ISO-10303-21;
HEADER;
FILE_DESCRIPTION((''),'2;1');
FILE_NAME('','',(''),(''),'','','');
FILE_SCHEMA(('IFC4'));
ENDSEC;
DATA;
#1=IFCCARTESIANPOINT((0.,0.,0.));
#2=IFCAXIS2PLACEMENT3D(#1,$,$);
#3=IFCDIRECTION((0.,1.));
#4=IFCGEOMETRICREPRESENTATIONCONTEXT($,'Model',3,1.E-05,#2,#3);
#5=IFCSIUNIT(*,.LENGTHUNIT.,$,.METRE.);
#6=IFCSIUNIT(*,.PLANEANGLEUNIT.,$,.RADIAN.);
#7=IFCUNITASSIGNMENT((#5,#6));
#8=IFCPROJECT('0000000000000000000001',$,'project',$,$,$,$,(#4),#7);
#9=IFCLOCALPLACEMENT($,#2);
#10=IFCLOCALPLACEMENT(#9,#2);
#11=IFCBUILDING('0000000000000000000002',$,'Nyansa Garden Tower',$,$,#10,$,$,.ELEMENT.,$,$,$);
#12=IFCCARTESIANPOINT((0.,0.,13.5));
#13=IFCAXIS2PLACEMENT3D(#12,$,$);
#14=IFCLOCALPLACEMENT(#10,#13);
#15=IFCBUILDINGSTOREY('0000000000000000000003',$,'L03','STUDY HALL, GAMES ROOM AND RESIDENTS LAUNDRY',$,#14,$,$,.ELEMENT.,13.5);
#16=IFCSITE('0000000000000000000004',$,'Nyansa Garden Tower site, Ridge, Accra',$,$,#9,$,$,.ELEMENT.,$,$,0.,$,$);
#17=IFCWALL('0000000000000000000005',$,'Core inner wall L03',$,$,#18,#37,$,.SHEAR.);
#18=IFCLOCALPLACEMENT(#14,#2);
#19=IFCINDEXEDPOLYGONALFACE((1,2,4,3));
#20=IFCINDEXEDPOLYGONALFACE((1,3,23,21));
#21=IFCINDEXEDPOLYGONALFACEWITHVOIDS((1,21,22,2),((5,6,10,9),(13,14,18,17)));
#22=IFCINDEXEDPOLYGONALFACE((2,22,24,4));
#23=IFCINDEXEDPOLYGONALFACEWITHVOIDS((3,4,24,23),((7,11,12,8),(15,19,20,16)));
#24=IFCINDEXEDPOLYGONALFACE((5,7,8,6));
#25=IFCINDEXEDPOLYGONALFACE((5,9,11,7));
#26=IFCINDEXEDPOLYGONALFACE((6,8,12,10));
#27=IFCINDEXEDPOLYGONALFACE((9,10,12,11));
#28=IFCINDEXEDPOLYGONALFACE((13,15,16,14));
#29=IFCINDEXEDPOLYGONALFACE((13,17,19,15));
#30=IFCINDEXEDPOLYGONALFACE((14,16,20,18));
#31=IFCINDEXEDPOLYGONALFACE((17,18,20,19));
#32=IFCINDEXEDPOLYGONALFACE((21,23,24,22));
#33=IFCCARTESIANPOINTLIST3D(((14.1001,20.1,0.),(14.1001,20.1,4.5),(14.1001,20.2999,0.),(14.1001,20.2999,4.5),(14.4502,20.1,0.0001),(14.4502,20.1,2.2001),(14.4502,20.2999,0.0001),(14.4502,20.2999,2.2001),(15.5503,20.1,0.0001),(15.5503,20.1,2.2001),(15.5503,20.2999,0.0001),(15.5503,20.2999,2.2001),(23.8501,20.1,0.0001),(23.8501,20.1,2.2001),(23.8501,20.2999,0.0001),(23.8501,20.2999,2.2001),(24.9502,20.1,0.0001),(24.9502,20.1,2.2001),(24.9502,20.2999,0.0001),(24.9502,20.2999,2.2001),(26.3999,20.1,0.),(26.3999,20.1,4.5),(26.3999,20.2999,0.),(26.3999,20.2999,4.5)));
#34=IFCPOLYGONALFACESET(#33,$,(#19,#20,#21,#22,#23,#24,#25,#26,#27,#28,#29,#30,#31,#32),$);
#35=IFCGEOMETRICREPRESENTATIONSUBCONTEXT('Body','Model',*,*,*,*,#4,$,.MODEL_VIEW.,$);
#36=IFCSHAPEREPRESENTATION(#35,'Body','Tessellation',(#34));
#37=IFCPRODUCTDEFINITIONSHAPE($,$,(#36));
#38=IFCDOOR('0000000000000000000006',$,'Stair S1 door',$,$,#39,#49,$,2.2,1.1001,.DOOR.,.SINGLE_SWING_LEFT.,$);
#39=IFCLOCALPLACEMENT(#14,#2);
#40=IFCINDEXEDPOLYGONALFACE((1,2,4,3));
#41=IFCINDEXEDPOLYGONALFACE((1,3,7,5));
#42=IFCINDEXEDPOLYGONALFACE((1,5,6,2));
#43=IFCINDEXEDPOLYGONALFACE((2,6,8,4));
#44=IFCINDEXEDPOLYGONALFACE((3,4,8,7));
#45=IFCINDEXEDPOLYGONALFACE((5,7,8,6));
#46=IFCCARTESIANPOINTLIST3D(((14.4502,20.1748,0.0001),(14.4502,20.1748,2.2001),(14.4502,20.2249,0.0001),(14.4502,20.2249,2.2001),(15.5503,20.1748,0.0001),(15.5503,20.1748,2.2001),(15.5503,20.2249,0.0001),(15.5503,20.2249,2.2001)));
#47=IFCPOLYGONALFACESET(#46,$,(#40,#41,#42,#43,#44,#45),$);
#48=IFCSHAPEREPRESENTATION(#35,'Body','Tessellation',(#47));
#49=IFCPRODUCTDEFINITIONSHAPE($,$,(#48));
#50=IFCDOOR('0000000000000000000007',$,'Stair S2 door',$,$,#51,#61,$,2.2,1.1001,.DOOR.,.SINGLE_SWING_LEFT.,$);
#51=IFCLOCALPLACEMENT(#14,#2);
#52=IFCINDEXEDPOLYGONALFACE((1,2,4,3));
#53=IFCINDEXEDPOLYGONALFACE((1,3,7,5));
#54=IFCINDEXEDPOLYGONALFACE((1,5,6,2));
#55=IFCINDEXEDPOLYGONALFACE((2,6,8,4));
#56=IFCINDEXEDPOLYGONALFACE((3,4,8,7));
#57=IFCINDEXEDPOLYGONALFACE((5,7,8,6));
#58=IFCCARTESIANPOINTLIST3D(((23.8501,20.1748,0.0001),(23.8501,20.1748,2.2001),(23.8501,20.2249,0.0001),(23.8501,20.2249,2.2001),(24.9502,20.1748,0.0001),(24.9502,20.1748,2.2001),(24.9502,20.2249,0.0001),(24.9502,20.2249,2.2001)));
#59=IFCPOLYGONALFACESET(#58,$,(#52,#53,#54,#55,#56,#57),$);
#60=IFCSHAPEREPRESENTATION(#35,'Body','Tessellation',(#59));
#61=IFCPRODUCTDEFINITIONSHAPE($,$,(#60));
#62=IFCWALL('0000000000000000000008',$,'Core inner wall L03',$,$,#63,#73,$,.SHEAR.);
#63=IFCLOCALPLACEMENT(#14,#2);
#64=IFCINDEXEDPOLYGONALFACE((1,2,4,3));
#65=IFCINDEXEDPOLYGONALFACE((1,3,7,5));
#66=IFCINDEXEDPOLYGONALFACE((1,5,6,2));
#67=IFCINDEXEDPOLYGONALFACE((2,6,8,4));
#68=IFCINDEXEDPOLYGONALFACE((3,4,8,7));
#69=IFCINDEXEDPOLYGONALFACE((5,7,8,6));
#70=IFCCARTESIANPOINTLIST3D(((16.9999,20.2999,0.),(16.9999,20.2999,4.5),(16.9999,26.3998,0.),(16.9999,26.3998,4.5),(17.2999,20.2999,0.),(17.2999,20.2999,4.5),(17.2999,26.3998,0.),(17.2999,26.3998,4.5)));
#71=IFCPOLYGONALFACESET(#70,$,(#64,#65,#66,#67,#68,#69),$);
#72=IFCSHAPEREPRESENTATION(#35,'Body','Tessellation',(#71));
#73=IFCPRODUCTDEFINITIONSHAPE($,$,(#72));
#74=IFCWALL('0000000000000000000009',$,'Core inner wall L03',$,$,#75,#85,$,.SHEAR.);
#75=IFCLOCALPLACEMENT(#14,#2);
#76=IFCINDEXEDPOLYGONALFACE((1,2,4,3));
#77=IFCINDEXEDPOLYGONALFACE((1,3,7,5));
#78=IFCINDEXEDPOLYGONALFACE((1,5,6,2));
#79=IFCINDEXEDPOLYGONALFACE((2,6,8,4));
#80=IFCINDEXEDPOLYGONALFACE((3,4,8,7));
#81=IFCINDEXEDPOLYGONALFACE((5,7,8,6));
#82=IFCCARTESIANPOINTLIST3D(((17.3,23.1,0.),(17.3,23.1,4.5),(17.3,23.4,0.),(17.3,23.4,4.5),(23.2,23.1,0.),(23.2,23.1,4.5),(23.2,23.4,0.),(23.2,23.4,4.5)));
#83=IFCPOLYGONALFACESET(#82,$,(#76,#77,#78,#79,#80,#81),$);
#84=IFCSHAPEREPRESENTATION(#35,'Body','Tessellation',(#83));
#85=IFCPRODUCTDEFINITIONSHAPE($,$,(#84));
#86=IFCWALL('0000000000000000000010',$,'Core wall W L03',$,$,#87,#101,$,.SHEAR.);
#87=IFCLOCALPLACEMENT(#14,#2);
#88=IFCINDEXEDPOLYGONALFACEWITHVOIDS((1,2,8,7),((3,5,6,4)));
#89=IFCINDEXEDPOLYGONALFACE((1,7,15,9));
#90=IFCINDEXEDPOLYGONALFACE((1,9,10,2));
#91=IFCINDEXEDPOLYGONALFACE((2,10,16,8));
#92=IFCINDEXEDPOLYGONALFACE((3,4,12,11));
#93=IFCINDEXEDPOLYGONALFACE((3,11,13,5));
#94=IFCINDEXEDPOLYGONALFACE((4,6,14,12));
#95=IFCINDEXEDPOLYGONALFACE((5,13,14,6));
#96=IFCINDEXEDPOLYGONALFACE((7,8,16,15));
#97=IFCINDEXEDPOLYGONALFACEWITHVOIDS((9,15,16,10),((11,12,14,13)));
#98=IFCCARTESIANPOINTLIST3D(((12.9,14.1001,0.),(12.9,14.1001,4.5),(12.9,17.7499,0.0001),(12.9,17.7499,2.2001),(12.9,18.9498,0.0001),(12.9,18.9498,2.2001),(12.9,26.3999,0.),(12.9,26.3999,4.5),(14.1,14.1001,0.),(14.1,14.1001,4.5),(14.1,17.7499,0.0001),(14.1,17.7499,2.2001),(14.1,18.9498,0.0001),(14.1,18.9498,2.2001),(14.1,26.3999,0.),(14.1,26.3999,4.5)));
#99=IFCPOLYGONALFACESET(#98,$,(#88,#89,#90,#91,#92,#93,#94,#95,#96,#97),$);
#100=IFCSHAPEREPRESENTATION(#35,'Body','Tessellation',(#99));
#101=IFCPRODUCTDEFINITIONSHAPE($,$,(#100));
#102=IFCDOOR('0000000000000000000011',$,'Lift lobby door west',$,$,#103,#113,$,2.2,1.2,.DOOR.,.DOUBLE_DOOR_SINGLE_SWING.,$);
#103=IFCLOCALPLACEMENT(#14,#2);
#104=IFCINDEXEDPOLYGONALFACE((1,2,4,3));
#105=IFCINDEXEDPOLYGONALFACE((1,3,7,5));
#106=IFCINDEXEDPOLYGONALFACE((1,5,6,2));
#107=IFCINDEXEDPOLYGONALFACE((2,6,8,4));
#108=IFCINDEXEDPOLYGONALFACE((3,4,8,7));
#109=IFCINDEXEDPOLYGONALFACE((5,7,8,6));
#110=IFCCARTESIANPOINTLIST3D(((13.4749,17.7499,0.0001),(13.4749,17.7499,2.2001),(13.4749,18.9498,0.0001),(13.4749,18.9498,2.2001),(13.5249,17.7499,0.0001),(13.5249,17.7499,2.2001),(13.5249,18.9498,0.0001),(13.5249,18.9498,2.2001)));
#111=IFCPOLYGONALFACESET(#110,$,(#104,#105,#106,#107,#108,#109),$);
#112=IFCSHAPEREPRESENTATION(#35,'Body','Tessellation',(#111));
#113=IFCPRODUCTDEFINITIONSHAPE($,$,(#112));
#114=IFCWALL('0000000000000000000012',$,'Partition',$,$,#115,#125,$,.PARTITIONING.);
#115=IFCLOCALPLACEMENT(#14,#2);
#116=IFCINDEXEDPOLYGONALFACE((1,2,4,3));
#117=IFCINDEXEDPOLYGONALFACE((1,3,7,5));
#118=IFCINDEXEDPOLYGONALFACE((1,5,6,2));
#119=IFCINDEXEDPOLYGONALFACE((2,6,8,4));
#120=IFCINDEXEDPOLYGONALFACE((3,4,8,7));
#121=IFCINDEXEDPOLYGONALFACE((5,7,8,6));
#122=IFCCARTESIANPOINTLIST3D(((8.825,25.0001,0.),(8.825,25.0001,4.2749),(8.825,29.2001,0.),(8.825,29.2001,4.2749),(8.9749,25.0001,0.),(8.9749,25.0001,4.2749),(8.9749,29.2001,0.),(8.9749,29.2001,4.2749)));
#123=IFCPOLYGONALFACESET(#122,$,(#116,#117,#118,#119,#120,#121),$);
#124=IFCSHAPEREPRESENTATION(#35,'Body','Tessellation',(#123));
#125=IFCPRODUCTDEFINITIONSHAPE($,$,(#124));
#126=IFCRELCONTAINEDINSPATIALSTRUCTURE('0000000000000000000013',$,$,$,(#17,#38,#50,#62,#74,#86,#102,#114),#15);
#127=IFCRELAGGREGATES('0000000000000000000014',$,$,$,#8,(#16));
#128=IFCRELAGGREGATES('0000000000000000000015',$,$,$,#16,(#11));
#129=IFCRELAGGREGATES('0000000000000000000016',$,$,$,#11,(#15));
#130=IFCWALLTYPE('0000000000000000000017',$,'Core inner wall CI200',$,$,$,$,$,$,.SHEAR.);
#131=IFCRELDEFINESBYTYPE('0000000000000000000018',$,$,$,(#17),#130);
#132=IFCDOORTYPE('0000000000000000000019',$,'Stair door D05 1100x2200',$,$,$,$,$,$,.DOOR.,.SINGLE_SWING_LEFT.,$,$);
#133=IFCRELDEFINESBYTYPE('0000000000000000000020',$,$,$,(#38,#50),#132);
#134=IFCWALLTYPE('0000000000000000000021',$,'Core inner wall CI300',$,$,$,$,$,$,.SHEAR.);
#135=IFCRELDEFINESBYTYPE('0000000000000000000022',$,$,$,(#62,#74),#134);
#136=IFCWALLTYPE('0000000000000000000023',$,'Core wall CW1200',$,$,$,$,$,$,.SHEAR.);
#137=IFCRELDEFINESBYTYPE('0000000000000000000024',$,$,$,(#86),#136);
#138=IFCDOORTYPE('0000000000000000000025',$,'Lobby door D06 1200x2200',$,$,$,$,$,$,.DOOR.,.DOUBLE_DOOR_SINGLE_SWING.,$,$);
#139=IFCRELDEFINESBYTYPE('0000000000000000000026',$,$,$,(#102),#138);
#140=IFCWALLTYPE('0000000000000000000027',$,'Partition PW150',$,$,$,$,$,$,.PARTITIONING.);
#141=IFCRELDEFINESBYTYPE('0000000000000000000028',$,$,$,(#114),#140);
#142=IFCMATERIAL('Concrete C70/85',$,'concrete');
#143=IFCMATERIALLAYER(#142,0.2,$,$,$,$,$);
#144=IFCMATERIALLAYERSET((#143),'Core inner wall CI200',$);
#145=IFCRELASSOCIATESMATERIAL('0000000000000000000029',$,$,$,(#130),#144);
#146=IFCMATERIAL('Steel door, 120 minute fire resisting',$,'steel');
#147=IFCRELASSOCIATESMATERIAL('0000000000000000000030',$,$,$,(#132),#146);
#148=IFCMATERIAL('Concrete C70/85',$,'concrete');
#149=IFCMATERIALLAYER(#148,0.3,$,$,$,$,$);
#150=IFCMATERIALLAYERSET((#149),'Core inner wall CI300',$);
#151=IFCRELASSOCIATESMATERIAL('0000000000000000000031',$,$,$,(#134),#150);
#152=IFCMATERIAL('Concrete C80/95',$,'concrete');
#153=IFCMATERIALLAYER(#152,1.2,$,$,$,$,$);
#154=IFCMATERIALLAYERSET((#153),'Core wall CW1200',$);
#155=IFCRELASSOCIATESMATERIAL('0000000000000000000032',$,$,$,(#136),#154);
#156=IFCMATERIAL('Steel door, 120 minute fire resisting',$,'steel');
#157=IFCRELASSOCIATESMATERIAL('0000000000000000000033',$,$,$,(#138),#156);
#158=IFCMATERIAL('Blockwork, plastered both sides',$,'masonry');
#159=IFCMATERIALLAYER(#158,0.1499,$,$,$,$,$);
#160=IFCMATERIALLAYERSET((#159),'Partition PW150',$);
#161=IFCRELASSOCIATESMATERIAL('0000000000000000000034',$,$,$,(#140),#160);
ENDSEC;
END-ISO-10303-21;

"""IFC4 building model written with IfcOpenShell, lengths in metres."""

from ifc_helpers import new_model, si_unit, direction, frame, frame_2d, origin, place, context, subcontext, project, spatial, rectangle, extrude, material, layer, layer_set, type_object, element, fill, save


model = new_model("IFC4")

# Units and contexts
model_context = context("Model", 3, precision=1e-05, world=origin(), true_north=direction((0.0, 1.0)))
body_context = subcontext(model_context, "Body", "Model", "MODEL_VIEW")
ifc_project = project(units=[si_unit("LENGTHUNIT", "METRE"), si_unit("PLANEANGLEUNIT", "RADIAN")], contexts=[model_context])

# Site, building, storey
site_placement = place(None, origin())
site = spatial("IfcSite", under=ifc_project, at=site_placement, Name="Nyansa Garden Tower site, Ridge, Accra", CompositionType="ELEMENT", RefElevation=0.0)
building_placement = place(site_placement, origin())
building = spatial("IfcBuilding", under=site, at=building_placement, Name="Nyansa Garden Tower", CompositionType="ELEMENT")
storey_placement = place(building_placement, frame((0.0, 0.0, 13.5)))
storey = spatial("IfcBuildingStorey", under=building, at=storey_placement, Name="L03", Description="STUDY HALL, GAMES ROOM AND RESIDENTS LAUNDRY", CompositionType="ELEMENT", Elevation=13.5)

# Wall, openings, doors
ifc_material_1 = material(Name="Concrete C70/85", Category="concrete")
ifc_layer_1 = layer(ifc_material_1, 0.2)
ifc_layer_set_1 = layer_set([ifc_layer_1], Name="Core inner wall CI200")
wall_type_1 = type_object("IfcWallType", Name="Core inner wall CI200", PredefinedType="SHEAR", material=ifc_layer_set_1)
wall_1_placement = place(storey_placement, frame((14.1001, 20.2, 0.0), z_axis=(0.0, 0.0, 1.0), x_axis=(1.0, 0.0, 0.0)))
wall_1 = element("IfcWall", 1, at=wall_1_placement, inside=storey, type_object=wall_type_1, Name="Core inner wall L03", PredefinedType="SHEAR", context=body_context, shape_type="SweptSolid", body=[
    extrude(rectangle(XDim=12.2998, YDim=0.2, at=frame_2d((6.1499, 0.0))), origin(), (0.0, 0.0, 1.0), 4.5),
])
opening_1_placement = place(wall_1_placement, frame((0.3501, 0.0, 0.0)))
opening_1 = element("IfcOpeningElement", 2, at=opening_1_placement, cuts=wall_1, PredefinedType="OPENING", context=body_context, shape_type="SweptSolid", body=[
    extrude(rectangle(XDim=1.1001, YDim=2.2, at=frame_2d((0.55, 1.1001))), frame((0.0, 0.1099, 0.0), z_axis=(0.0, -1.0, 0.0), x_axis=(1.0, 0.0, 0.0)), (0.0, 0.0, 1.0), 0.22),
])
opening_2_placement = place(wall_1_placement, frame((9.75, 0.0, 0.0)))
opening_2 = element("IfcOpeningElement", 3, at=opening_2_placement, cuts=wall_1, PredefinedType="OPENING", context=body_context, shape_type="SweptSolid", body=[
    extrude(rectangle(XDim=1.1001, YDim=2.2, at=frame_2d((0.55, 1.1001))), frame((0.0, 0.1099, 0.0), z_axis=(0.0, -1.0, 0.0), x_axis=(1.0, 0.0, 0.0)), (0.0, 0.0, 1.0), 0.22),
])
ifc_material_2 = material(Name="Steel door, 120 minute fire resisting", Category="steel")
door_type_1 = type_object("IfcDoorType", Name="Stair door D05 1100x2200", OperationType="SINGLE_SWING_LEFT", PredefinedType="DOOR", material=ifc_material_2)
door_1_placement = place(opening_1_placement, origin())
door_1 = element("IfcDoor", 4, at=door_1_placement, inside=storey, type_object=door_type_1, Name="Stair S1 door", OperationType="SINGLE_SWING_LEFT", OverallHeight=2.2, OverallWidth=1.1001, PredefinedType="DOOR", context=body_context, shape_type="SweptSolid", body=[
    extrude(rectangle(XDim=1.1001, YDim=2.2, at=frame_2d((0.55, 1.1001))), frame((0.0, 0.0249, 0.0), z_axis=(0.0, -1.0, 0.0), x_axis=(1.0, 0.0, 0.0)), (0.0, 0.0, 1.0), 0.05),
])
fill(opening_1, door_1)
door_2_placement = place(opening_2_placement, origin())
door_2 = element("IfcDoor", 5, at=door_2_placement, inside=storey, type_object=door_type_1, Name="Stair S2 door", OperationType="SINGLE_SWING_LEFT", OverallHeight=2.2, OverallWidth=1.1001, PredefinedType="DOOR", context=body_context, shape_type="SweptSolid", body=[
    extrude(rectangle(XDim=1.1001, YDim=2.2, at=frame_2d((0.55, 1.1001))), frame((0.0, 0.0249, 0.0), z_axis=(0.0, -1.0, 0.0), x_axis=(1.0, 0.0, 0.0)), (0.0, 0.0, 1.0), 0.05),
])
fill(opening_2, door_2)

# Walls
ifc_material_3 = material(Name="Concrete C70/85", Category="concrete")
ifc_layer_2 = layer(ifc_material_3, 0.3)
ifc_layer_set_2 = layer_set([ifc_layer_2], Name="Core inner wall CI300")
wall_type_2 = type_object("IfcWallType", Name="Core inner wall CI300", PredefinedType="SHEAR", material=ifc_layer_set_2)
wall_2_placement = place(storey_placement, frame((17.1499, 20.3, 0.0), z_axis=(0.0, 0.0, 1.0), x_axis=(0.0, 1.0, 0.0)))
element("IfcWall", 6, at=wall_2_placement, inside=storey, type_object=wall_type_2, Name="Core inner wall L03", PredefinedType="SHEAR", context=body_context, shape_type="SweptSolid", body=[
    extrude(rectangle(XDim=6.0999, YDim=0.3, at=frame_2d((3.0498, 0.0))), origin(), (0.0, 0.0, 1.0), 4.5),
])
wall_3_placement = place(storey_placement, frame((17.3, 23.25, 0.0), z_axis=(0.0, 0.0, 1.0), x_axis=(1.0, 0.0, 0.0)))
element("IfcWall", 7, at=wall_3_placement, inside=storey, type_object=wall_type_2, Name="Core inner wall L03", PredefinedType="SHEAR", context=body_context, shape_type="SweptSolid", body=[
    extrude(rectangle(XDim=5.8999, YDim=0.3, at=frame_2d((2.95, 0.0))), origin(), (0.0, 0.0, 1.0), 4.5),
])

# Wall, opening, door
ifc_material_4 = material(Name="Concrete C80/95", Category="concrete")
ifc_layer_3 = layer(ifc_material_4, 1.2)
ifc_layer_set_3 = layer_set([ifc_layer_3], Name="Core wall CW1200")
wall_type_3 = type_object("IfcWallType", Name="Core wall CW1200", PredefinedType="SHEAR", material=ifc_layer_set_3)
wall_4_placement = place(storey_placement, frame((13.5, 26.3999, 0.0), z_axis=(0.0, 0.0, 1.0), x_axis=(0.0, -1.0, 0.0)))
wall_4 = element("IfcWall", 8, at=wall_4_placement, inside=storey, type_object=wall_type_3, Name="Core wall W L03", PredefinedType="SHEAR", context=body_context, shape_type="SweptSolid", body=[
    extrude(rectangle(XDim=12.2998, YDim=1.2, at=frame_2d((6.1499, 0.0))), origin(), (0.0, 0.0, 1.0), 4.5),
])
opening_3_placement = place(wall_4_placement, frame((7.45, 0.0, 0.0)))
opening_3 = element("IfcOpeningElement", 9, at=opening_3_placement, cuts=wall_4, PredefinedType="OPENING", context=body_context, shape_type="SweptSolid", body=[
    extrude(rectangle(XDim=1.2, YDim=2.2, at=frame_2d((0.6001, 1.1001))), frame((0.0, 0.6099, 0.0), z_axis=(0.0, -1.0, 0.0), x_axis=(1.0, 0.0, 0.0)), (0.0, 0.0, 1.0), 1.22),
])
ifc_material_5 = material(Name="Steel door, 120 minute fire resisting", Category="steel")
door_type_2 = type_object("IfcDoorType", Name="Lobby door D06 1200x2200", OperationType="DOUBLE_DOOR_SINGLE_SWING", PredefinedType="DOOR", material=ifc_material_5)
door_3_placement = place(opening_3_placement, origin())
door_3 = element("IfcDoor", 10, at=door_3_placement, inside=storey, type_object=door_type_2, Name="Lift lobby door west", OperationType="DOUBLE_DOOR_SINGLE_SWING", OverallHeight=2.2, OverallWidth=1.2, PredefinedType="DOOR", context=body_context, shape_type="SweptSolid", body=[
    extrude(rectangle(XDim=1.2, YDim=2.2, at=frame_2d((0.6001, 1.1001))), frame((0.0, 0.0249, 0.0), z_axis=(0.0, -1.0, 0.0), x_axis=(1.0, 0.0, 0.0)), (0.0, 0.0, 1.0), 0.05),
])
fill(opening_3, door_3)

# Wall
ifc_material_6 = material(Name="Blockwork, plastered both sides", Category="masonry")
ifc_layer_4 = layer(ifc_material_6, 0.1499)
ifc_layer_set_4 = layer_set([ifc_layer_4], Name="Partition PW150")
wall_type_4 = type_object("IfcWallType", Name="Partition PW150", PredefinedType="PARTITIONING", material=ifc_layer_set_4)
wall_5_placement = place(storey_placement, frame((8.8999, 25.0, 0.0), z_axis=(0.0, 0.0, 1.0), x_axis=(0.0, 1.0, 0.0)))
element("IfcWall", 11, at=wall_5_placement, inside=storey, type_object=wall_type_4, Name="Partition", PredefinedType="PARTITIONING", context=body_context, shape_type="SweptSolid", body=[
    extrude(rectangle(XDim=4.2, YDim=0.1499, at=frame_2d((2.1001, 0.0))), origin(), (0.0, 0.0, 1.0), 4.2749),
])

save(model, "model.ifc")
